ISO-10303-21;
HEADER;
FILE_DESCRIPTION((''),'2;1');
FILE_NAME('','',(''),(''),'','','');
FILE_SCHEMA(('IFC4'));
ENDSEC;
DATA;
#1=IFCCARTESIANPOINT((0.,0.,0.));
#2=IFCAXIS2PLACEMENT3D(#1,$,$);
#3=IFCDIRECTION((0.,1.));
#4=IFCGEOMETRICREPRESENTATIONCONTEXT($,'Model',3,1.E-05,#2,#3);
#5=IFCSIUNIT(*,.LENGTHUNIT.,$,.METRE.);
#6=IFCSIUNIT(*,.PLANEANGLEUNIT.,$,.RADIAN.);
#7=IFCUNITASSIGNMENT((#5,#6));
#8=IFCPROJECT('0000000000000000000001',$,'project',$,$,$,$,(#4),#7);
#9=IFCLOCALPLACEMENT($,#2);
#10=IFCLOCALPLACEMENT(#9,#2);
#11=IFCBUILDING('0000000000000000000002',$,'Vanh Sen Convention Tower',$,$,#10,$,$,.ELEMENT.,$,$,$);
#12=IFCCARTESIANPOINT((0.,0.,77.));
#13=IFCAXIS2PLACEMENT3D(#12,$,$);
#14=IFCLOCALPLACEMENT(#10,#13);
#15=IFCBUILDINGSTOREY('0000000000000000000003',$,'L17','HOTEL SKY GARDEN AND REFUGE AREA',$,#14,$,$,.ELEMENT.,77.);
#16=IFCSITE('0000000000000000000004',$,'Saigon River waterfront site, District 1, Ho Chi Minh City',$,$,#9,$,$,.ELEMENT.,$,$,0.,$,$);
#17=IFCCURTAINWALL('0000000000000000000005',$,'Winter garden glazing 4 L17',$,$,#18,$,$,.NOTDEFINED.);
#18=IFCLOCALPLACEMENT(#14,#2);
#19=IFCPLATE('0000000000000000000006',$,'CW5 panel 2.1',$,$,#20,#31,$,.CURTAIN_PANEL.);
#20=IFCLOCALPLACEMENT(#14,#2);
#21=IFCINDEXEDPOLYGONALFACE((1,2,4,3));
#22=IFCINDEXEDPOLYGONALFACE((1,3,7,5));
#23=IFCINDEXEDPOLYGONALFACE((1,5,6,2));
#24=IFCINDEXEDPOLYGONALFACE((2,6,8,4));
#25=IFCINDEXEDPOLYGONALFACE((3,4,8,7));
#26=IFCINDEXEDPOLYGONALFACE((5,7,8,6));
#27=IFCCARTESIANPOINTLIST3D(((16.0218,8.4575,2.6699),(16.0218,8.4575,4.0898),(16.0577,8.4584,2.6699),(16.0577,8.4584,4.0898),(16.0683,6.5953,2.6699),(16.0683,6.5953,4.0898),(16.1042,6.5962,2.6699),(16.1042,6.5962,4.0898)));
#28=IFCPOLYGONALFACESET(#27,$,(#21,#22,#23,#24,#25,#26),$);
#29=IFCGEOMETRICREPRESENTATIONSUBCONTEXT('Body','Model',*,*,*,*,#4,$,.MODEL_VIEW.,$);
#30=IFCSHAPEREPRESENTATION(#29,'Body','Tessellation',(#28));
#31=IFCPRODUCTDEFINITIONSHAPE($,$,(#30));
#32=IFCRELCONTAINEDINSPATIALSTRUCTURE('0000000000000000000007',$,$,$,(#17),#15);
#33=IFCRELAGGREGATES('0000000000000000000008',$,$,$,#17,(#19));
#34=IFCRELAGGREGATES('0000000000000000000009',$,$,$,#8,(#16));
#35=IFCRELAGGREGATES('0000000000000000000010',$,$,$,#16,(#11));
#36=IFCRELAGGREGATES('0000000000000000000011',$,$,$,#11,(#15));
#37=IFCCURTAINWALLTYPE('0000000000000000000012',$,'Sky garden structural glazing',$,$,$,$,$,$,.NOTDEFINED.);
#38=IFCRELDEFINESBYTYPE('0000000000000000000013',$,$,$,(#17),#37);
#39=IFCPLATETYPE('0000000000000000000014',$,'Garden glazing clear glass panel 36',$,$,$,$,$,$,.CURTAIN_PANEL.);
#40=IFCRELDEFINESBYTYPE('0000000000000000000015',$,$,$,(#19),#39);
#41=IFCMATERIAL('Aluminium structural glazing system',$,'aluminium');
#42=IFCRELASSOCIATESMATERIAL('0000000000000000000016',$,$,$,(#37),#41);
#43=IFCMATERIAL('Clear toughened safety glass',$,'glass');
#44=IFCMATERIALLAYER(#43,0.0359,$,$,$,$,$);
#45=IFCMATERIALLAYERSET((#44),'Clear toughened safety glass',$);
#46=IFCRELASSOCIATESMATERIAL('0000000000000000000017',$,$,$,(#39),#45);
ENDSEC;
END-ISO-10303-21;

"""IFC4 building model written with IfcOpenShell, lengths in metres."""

from ifc_helpers import new_model, si_unit, direction, frame, origin, origin_2d, place, context, subcontext, project, spatial, rectangle, extrude, material, layer, layer_set, type_object, element, aggregate, save


model = new_model("IFC4")

# Units and contexts
model_context = context("Model", 3, precision=1e-05, world=origin(), true_north=direction((0.0, 1.0)))
body_context = subcontext(model_context, "Body", "Model", "MODEL_VIEW")
ifc_project = project(units=[si_unit("LENGTHUNIT", "METRE"), si_unit("PLANEANGLEUNIT", "RADIAN")], contexts=[model_context])

# Site, building, storey
site_placement = place(None, origin())
site = spatial("IfcSite", under=ifc_project, at=site_placement, Name="Saigon River waterfront site, District 1, Ho Chi Minh City", CompositionType="ELEMENT", RefElevation=0.0)
building_placement = place(site_placement, origin())
building = spatial("IfcBuilding", under=site, at=building_placement, Name="Vanh Sen Convention Tower", CompositionType="ELEMENT")
storey_placement = place(building_placement, frame((0.0, 0.0, 77.0)))
storey = spatial("IfcBuildingStorey", under=building, at=storey_placement, Name="L17", Description="HOTEL SKY GARDEN AND REFUGE AREA", CompositionType="ELEMENT", Elevation=77.0)

# Shared definitions
ifc_material_1 = material(Name="Aluminium structural glazing system", Category="aluminium")
curtain_wall_type = type_object("IfcCurtainWallType", Name="Sky garden structural glazing", PredefinedType="NOTDEFINED", material=ifc_material_1)

# Curtain wall
curtain_wall_1_placement = place(storey_placement, origin())
curtain_wall_1 = element("IfcCurtainWall", 1, at=curtain_wall_1_placement, inside=storey, type_object=curtain_wall_type, Name="Winter garden glazing 4 L17", PredefinedType="NOTDEFINED")

# Plate
ifc_material_2 = material(Name="Clear toughened safety glass", Category="glass")
ifc_layer_1 = layer(ifc_material_2, 0.0359)
ifc_layer_set_1 = layer_set([ifc_layer_1], Name="Clear toughened safety glass")
plate_type = type_object("IfcPlateType", Name="Garden glazing clear glass panel 36", PredefinedType="CURTAIN_PANEL", material=ifc_layer_set_1)
plate_1_placement = place(storey_placement, frame((16.063, 7.5269, 2.6699), z_axis=(0.0, 0.0, 1.0), x_axis=(0.024972, -0.999688, 0.0)))
plate_1 = element("IfcPlate", 2, at=plate_1_placement, type_object=plate_type, Name="CW5 panel 2.1", PredefinedType="CURTAIN_PANEL", context=body_context, shape_type="SweptSolid", body=[
    extrude(rectangle(XDim=1.8628, YDim=0.0359, at=origin_2d()), origin(), (0.0, 0.0, 1.0), 1.4199),
])
aggregate(curtain_wall_1, [plate_1])

save(model, "model.ifc")
